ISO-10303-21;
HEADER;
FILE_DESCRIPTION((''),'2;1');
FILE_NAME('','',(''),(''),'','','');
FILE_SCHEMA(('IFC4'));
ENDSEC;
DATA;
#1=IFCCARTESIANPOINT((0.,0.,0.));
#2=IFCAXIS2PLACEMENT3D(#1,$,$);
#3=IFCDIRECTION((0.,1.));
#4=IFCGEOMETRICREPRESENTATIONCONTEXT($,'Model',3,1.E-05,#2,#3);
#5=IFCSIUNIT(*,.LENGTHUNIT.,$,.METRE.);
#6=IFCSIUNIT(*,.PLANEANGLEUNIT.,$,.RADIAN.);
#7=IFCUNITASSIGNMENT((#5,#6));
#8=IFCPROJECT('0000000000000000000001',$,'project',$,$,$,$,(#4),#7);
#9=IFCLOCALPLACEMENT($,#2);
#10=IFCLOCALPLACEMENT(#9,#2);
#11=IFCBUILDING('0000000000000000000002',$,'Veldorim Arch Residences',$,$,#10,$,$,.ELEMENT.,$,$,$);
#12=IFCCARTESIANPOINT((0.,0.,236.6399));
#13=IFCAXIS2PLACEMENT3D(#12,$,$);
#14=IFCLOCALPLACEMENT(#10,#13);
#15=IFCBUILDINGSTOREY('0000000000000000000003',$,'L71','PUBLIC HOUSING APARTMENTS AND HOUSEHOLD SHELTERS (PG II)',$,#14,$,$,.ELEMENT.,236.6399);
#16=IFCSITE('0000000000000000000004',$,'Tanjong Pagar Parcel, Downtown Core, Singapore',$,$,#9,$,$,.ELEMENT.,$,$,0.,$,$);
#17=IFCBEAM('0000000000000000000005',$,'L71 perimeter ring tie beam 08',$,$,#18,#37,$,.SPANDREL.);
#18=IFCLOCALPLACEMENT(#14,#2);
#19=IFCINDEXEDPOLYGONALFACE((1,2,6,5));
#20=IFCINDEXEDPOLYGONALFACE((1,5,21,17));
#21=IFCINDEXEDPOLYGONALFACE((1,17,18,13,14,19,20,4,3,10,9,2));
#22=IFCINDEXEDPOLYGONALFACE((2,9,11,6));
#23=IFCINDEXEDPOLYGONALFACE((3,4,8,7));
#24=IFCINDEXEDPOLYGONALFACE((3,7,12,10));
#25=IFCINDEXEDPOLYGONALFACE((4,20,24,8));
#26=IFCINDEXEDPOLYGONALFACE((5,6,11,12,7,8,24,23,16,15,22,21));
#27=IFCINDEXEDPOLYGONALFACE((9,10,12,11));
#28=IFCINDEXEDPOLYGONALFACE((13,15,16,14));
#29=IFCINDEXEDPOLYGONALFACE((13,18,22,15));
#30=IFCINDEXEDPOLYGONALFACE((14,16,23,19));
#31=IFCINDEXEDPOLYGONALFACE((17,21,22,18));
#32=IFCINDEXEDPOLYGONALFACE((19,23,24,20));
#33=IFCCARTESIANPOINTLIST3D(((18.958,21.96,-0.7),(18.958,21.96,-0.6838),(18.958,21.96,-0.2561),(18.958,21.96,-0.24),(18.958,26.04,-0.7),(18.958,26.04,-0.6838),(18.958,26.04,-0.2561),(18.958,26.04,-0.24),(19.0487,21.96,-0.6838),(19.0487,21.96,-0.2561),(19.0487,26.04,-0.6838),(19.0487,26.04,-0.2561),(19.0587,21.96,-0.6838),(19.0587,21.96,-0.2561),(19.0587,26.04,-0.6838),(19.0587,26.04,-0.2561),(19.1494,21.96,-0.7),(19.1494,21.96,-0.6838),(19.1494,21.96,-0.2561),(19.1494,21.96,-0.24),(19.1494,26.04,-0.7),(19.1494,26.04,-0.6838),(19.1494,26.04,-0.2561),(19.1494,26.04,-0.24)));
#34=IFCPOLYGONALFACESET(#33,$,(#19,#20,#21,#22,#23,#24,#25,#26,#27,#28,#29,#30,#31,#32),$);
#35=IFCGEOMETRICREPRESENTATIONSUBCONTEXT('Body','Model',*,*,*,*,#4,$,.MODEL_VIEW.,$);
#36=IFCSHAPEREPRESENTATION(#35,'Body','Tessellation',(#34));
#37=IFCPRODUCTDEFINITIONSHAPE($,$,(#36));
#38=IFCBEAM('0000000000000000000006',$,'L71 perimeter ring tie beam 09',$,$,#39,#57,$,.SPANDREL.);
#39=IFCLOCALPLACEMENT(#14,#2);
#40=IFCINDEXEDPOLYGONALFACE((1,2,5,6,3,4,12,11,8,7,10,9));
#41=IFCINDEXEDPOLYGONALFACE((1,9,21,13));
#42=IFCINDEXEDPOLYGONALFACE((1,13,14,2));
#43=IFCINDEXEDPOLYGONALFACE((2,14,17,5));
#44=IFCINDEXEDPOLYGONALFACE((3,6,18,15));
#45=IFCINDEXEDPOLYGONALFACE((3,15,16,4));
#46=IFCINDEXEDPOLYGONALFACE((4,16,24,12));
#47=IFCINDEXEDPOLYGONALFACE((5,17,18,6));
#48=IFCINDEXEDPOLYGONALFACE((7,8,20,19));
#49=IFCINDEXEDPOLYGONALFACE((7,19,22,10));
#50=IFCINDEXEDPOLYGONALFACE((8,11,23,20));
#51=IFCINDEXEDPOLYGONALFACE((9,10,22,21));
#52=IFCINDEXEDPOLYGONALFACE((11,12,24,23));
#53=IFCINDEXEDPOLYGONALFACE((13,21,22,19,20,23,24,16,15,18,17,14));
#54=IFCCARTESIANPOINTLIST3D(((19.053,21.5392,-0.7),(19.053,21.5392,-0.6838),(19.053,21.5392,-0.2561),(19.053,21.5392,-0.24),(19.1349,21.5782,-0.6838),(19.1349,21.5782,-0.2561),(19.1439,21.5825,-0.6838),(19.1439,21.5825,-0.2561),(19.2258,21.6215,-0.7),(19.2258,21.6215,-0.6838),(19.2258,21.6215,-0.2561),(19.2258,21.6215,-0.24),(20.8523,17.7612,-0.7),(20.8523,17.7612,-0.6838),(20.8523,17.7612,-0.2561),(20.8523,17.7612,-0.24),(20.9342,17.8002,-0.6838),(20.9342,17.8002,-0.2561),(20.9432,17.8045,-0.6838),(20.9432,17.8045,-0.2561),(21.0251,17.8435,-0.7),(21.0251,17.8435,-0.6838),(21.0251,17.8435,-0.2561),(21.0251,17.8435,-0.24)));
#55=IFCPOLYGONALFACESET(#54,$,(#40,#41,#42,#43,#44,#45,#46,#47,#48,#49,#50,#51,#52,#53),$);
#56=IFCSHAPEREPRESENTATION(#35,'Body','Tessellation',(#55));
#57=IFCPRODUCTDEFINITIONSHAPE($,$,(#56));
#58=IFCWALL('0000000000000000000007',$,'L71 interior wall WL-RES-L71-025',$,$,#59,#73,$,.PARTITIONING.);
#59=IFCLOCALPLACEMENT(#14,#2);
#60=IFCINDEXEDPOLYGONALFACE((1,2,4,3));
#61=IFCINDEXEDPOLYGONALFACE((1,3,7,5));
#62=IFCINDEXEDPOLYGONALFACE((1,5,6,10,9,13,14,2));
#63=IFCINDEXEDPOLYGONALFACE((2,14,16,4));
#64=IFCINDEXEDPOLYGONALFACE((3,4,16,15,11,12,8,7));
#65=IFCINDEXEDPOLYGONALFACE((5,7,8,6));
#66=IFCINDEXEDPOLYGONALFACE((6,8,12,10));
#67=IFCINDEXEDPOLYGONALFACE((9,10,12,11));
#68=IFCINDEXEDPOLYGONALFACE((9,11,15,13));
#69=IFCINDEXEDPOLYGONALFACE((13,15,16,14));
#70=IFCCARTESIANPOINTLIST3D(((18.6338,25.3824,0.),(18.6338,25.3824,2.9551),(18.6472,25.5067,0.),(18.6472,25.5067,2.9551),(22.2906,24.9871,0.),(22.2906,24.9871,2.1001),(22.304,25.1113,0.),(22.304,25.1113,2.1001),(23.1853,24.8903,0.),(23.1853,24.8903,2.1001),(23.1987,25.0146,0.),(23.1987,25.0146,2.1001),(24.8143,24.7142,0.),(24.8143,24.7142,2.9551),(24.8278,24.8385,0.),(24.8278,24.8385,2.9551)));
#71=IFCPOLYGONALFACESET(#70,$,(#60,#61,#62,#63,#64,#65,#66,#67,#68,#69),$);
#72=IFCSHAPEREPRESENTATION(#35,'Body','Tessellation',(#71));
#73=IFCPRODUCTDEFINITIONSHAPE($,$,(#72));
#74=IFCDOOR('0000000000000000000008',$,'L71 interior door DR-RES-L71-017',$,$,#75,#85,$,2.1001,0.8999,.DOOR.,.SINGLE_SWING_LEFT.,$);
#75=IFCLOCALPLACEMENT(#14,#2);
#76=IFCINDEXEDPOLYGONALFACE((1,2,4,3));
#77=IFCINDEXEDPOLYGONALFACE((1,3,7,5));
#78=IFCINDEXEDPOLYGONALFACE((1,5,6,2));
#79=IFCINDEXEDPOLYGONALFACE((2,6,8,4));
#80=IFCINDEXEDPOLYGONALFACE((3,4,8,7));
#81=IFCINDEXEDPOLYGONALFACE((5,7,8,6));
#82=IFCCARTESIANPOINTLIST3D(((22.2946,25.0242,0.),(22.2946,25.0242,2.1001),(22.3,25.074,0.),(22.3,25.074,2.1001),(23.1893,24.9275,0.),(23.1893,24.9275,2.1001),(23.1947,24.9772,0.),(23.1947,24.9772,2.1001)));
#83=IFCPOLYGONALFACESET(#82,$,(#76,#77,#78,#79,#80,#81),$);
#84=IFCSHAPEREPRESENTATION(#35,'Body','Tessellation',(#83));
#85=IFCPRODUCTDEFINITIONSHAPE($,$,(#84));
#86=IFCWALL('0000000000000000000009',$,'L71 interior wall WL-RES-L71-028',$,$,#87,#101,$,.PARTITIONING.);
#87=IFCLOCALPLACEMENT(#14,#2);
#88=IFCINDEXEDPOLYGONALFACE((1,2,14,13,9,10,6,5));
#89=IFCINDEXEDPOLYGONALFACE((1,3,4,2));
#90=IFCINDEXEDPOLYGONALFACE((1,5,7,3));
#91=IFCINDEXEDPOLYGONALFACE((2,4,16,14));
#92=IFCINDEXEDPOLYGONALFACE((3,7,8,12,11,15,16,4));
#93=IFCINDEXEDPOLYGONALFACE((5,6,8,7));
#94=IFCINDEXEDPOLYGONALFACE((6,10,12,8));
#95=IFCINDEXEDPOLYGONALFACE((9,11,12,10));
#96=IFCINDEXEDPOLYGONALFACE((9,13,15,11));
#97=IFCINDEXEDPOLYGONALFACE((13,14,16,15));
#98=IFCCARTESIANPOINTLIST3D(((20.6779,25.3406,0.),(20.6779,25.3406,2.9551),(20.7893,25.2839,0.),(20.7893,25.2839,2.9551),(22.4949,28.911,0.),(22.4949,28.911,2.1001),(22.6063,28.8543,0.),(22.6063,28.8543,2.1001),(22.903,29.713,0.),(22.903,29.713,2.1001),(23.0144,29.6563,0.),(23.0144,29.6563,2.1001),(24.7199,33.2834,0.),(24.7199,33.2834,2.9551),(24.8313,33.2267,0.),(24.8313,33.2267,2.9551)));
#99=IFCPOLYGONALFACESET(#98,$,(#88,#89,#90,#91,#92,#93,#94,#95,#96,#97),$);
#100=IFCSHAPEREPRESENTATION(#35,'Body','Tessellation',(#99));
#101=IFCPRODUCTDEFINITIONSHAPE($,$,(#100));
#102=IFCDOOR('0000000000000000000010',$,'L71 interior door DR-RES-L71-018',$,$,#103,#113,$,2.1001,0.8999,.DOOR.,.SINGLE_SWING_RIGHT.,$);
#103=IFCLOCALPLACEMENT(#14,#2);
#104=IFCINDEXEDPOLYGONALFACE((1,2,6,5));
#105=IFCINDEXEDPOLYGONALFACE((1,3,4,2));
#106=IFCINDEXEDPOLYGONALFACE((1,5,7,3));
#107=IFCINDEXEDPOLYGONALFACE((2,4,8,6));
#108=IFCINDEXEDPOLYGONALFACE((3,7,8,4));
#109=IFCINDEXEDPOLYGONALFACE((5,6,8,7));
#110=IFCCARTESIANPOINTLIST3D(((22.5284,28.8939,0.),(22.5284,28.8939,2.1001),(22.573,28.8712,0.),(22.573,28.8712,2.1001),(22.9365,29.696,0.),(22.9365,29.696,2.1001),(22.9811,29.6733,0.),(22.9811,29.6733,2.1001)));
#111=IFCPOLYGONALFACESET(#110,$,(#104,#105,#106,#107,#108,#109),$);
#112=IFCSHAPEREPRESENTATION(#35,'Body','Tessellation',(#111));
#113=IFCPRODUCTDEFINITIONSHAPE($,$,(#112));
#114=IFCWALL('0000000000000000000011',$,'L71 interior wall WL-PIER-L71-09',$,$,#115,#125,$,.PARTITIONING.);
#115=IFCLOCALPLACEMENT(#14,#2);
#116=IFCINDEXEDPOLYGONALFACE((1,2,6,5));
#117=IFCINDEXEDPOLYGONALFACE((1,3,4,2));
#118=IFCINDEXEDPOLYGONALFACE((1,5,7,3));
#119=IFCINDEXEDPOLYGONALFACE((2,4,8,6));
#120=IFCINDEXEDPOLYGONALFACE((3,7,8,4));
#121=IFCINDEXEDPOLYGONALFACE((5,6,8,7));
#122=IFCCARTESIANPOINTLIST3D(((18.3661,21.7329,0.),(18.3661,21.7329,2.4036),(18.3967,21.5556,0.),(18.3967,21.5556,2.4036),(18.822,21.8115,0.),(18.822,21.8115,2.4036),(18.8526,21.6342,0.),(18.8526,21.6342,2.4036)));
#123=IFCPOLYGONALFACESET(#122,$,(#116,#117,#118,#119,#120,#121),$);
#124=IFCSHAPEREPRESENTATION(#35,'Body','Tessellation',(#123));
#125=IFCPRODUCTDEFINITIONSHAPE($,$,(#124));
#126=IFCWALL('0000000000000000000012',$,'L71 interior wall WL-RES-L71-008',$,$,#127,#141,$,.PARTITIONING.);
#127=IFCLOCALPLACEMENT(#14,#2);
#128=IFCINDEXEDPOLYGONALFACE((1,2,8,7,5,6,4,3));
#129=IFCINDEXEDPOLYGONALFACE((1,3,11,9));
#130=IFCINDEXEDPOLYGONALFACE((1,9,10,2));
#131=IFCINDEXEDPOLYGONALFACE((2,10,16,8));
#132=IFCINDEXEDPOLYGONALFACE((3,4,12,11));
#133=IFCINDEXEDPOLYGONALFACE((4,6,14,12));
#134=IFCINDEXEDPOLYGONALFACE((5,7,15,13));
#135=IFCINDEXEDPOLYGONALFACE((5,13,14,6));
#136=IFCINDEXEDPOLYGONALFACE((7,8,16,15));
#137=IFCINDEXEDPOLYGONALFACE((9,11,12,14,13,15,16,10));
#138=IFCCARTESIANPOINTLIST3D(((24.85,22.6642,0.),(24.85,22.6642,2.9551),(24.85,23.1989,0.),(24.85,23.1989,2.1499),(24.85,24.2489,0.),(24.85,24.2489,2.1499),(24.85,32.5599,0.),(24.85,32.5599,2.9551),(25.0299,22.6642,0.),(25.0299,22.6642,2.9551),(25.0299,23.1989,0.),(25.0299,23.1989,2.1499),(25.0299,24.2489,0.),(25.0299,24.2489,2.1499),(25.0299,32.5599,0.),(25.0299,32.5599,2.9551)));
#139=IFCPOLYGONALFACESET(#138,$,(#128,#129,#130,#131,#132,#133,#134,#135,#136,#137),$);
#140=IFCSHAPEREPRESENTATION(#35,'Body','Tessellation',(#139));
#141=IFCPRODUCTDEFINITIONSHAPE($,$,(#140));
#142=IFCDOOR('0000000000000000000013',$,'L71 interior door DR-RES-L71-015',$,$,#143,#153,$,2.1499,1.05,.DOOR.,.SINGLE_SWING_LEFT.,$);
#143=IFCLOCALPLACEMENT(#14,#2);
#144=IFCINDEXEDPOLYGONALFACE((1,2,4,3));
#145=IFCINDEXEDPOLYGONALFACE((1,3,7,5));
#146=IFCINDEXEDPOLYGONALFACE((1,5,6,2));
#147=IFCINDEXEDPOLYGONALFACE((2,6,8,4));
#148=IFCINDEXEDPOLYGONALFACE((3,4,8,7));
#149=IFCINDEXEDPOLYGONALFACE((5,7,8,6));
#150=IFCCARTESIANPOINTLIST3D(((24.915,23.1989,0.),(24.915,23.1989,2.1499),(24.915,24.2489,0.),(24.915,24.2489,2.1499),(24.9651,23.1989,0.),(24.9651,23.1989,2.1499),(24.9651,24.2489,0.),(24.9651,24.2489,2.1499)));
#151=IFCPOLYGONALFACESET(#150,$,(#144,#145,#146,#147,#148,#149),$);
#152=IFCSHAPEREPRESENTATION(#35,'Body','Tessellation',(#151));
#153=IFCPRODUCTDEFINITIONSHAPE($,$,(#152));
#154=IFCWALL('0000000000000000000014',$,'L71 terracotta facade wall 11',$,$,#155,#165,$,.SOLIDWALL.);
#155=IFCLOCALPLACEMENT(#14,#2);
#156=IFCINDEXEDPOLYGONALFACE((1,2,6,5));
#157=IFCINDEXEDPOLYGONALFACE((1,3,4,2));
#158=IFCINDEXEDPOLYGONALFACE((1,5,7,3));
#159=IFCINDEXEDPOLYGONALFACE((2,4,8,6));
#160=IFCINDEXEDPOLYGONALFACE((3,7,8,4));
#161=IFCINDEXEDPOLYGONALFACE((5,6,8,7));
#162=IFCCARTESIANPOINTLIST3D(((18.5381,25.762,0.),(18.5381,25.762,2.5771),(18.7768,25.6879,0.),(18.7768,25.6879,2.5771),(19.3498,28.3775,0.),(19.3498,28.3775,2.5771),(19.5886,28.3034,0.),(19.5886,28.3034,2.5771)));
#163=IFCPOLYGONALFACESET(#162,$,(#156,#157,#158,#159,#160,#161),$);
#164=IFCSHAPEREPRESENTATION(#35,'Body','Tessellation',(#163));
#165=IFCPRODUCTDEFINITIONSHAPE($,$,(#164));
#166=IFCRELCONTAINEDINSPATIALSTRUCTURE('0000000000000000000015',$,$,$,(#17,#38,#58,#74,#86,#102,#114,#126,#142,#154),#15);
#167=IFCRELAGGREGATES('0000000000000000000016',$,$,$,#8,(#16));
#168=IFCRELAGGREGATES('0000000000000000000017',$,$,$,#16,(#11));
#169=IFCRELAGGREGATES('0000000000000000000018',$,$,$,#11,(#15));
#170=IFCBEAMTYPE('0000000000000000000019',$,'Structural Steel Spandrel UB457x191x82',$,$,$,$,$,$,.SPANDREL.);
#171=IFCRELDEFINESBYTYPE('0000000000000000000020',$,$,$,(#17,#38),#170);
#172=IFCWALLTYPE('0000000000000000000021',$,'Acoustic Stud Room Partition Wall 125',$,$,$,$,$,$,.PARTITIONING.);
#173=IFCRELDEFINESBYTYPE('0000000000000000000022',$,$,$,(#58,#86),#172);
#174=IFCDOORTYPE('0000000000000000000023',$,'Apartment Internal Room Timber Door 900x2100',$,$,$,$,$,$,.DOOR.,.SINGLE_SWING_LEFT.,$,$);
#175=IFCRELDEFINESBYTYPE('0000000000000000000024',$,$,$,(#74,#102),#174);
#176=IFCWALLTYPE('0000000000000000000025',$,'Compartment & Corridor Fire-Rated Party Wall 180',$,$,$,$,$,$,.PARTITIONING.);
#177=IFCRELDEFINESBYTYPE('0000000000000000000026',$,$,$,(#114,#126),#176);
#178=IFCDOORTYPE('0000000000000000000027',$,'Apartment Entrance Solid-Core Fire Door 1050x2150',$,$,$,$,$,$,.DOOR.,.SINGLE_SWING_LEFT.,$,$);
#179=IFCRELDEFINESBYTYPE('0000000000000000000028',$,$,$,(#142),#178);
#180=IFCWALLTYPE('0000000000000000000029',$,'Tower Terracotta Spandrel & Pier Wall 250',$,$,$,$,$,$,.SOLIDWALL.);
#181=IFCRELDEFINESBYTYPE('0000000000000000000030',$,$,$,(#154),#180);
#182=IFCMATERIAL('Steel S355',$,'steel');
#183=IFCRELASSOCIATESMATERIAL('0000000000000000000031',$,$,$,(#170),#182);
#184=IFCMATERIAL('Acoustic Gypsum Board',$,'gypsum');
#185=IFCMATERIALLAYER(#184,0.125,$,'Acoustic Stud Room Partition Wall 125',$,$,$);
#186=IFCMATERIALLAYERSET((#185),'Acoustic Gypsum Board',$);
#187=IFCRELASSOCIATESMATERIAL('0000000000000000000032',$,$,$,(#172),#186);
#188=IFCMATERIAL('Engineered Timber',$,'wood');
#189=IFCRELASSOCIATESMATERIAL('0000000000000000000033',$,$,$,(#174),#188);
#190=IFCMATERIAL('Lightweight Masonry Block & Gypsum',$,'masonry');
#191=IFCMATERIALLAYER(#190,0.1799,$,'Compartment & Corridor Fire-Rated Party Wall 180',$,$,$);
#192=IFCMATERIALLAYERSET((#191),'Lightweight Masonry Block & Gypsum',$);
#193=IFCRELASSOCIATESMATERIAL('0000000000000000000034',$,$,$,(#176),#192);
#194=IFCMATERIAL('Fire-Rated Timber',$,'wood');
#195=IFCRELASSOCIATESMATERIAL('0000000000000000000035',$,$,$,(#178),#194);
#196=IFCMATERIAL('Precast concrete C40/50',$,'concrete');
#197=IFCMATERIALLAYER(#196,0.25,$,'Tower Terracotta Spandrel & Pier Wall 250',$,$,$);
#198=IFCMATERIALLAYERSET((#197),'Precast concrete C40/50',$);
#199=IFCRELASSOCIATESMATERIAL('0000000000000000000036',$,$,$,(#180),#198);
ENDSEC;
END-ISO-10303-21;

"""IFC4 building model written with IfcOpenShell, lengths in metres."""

from ifc_helpers import new_model, si_unit, direction, frame, frame_2d, origin, origin_2d, place, context, subcontext, project, spatial, rectangle, i_section, extrude, material, layer, layer_set, material_profile, profile_set, type_object, element, fill, save


model = new_model("IFC4")

# Units and contexts
model_context = context("Model", 3, precision=1e-05, world=origin(), true_north=direction((0.0, 1.0)))
body_context = subcontext(model_context, "Body", "Model", "MODEL_VIEW")
ifc_project = project(units=[si_unit("LENGTHUNIT", "METRE"), si_unit("PLANEANGLEUNIT", "RADIAN")], contexts=[model_context])

# Site, building, storey
site_placement = place(None, origin())
site = spatial("IfcSite", under=ifc_project, at=site_placement, Name="Tanjong Pagar Parcel, Downtown Core, Singapore", CompositionType="ELEMENT", RefElevation=0.0)
building_placement = place(site_placement, origin())
building = spatial("IfcBuilding", under=site, at=building_placement, Name="Veldorim Arch Residences", CompositionType="ELEMENT")
storey_placement = place(building_placement, frame((0.0, 0.0, 236.6399)))
storey = spatial("IfcBuildingStorey", under=building, at=storey_placement, Name="L71", Description="PUBLIC HOUSING APARTMENTS AND HOUSEHOLD SHELTERS (PG II)", CompositionType="ELEMENT", Elevation=236.6399)

# Beams
ifc_material_1 = material(Name="Steel S355", Category="steel")
ifc_material_profile_1 = material_profile(ifc_material_1, i_section(OverallWidth=0.1914, OverallDepth=0.46, WebThickness=0.01, FlangeThickness=0.0161, at=origin_2d()), Name="UB457x191x82")
ifc_profile_set_1 = profile_set([ifc_material_profile_1], Name="Steel S355")
beam_type_1 = type_object("IfcBeamType", Name="Structural Steel Spandrel UB457x191x82", PredefinedType="SPANDREL", material=ifc_profile_set_1)
beam_1_placement = place(storey_placement, frame((19.0537, 26.04, -0.47), z_axis=(0.0, -1.0, 0.0), x_axis=(1.0, 0.0, 0.0)))
element("IfcBeam", 1, at=beam_1_placement, inside=storey, type_object=beam_type_1, Name="L71 perimeter ring tie beam 08", PredefinedType="SPANDREL", context=body_context, shape_type="SweptSolid", body=[
    extrude(i_section(OverallWidth=0.1914, OverallDepth=0.46, WebThickness=0.01, FlangeThickness=0.0161, at=origin_2d()), origin(), (0.0, 0.0, 1.0), 4.0801),
])
beam_2_placement = place(storey_placement, frame((19.1394, 21.5803, -0.47), z_axis=(0.429979, -0.902839, 0.0), x_axis=(0.902839, 0.429979, 0.0)))
element("IfcBeam", 2, at=beam_2_placement, inside=storey, type_object=beam_type_1, Name="L71 perimeter ring tie beam 09", PredefinedType="SPANDREL", context=body_context, shape_type="SweptSolid", body=[
    extrude(i_section(OverallWidth=0.1914, OverallDepth=0.46, WebThickness=0.01, FlangeThickness=0.0161, at=origin_2d()), origin(), (0.0, 0.0, 1.0), 4.1846),
])

# Walls, openings, doors
ifc_material_2 = material(Name="Acoustic Gypsum Board", Category="gypsum")
ifc_layer_1 = layer(ifc_material_2, 0.125, Name="Acoustic Stud Room Partition Wall 125")
ifc_layer_set_1 = layer_set([ifc_layer_1], Name="Acoustic Gypsum Board")
wall_type_1 = type_object("IfcWallType", Name="Acoustic Stud Room Partition Wall 125", PredefinedType="PARTITIONING", material=ifc_layer_set_1)
wall_1_placement = place(storey_placement, frame((18.6404, 25.4446, 0.0), z_axis=(0.0, 0.0, 1.0), x_axis=(0.994206, -0.107491, 0.0)))
wall_1 = element("IfcWall", 3, at=wall_1_placement, inside=storey, type_object=wall_type_1, Name="L71 interior wall WL-RES-L71-025", PredefinedType="PARTITIONING", context=body_context, shape_type="SweptSolid", body=[
    extrude(rectangle(XDim=6.2166, YDim=0.125, at=frame_2d((3.1084, 0.0))), origin(), (0.0, 0.0, 1.0), 2.9551),
])
opening_1_placement = place(wall_1_placement, frame((3.6782, 0.0, 0.0)))
opening_1 = element("IfcOpeningElement", 4, at=opening_1_placement, cuts=wall_1, PredefinedType="OPENING", context=body_context, shape_type="SweptSolid", body=[
    extrude(rectangle(XDim=0.8999, YDim=2.1001, at=frame_2d((0.45, 1.05))), frame((0.0, 0.0725, 0.0), z_axis=(0.0, -1.0, 0.0), x_axis=(1.0, 0.0, 0.0)), (0.0, 0.0, 1.0), 0.145),
])
ifc_material_3 = material(Name="Engineered Timber", Category="wood")
door_type_1 = type_object("IfcDoorType", Name="Apartment Internal Room Timber Door 900x2100", OperationType="SINGLE_SWING_LEFT", PredefinedType="DOOR", material=ifc_material_3)
door_1_placement = place(opening_1_placement, origin())
door_1 = element("IfcDoor", 5, at=door_1_placement, inside=storey, type_object=door_type_1, Name="L71 interior door DR-RES-L71-017", OperationType="SINGLE_SWING_LEFT", OverallHeight=2.1001, OverallWidth=0.8999, PredefinedType="DOOR", context=body_context, shape_type="SweptSolid", body=[
    extrude(rectangle(XDim=0.8999, YDim=2.1001, at=frame_2d((0.45, 1.05))), frame((0.0, 0.0249, 0.0), z_axis=(0.0, -1.0, 0.0), x_axis=(1.0, 0.0, 0.0)), (0.0, 0.0, 1.0), 0.05),
])
fill(opening_1, door_1)
wall_2_placement = place(storey_placement, frame((20.7336, 25.3123, 0.0), z_axis=(0.0, 0.0, 1.0), x_axis=(0.453536, 0.891238, 0.0)))
wall_2 = element("IfcWall", 6, at=wall_2_placement, inside=storey, type_object=wall_type_1, Name="L71 interior wall WL-RES-L71-028", PredefinedType="PARTITIONING", context=body_context, shape_type="SweptSolid", body=[
    extrude(rectangle(XDim=8.9121, YDim=0.125, at=frame_2d((4.4561, 0.0))), origin(), (0.0, 0.0, 1.0), 2.9551),
])
opening_2_placement = place(wall_2_placement, frame((4.0061, 0.0, 0.0)))
opening_2 = element("IfcOpeningElement", 7, at=opening_2_placement, cuts=wall_2, PredefinedType="OPENING", context=body_context, shape_type="SweptSolid", body=[
    extrude(rectangle(XDim=0.8999, YDim=2.1001, at=frame_2d((0.45, 1.05))), frame((0.0, 0.0725, 0.0), z_axis=(0.0, -1.0, 0.0), x_axis=(1.0, 0.0, 0.0)), (0.0, 0.0, 1.0), 0.145),
])
door_2_placement = place(opening_2_placement, origin())
door_2 = element("IfcDoor", 8, at=door_2_placement, inside=storey, type_object=door_type_1, Name="L71 interior door DR-RES-L71-018", OperationType="SINGLE_SWING_RIGHT", OverallHeight=2.1001, OverallWidth=0.8999, PredefinedType="DOOR", context=body_context, shape_type="SweptSolid", body=[
    extrude(rectangle(XDim=0.8999, YDim=2.1001, at=frame_2d((0.45, 1.05))), frame((0.0, 0.0249, 0.0), z_axis=(0.0, -1.0, 0.0), x_axis=(1.0, 0.0, 0.0)), (0.0, 0.0, 1.0), 0.05),
])
fill(opening_2, door_2)

# Wall
ifc_material_4 = material(Name="Lightweight Masonry Block & Gypsum", Category="masonry")
ifc_layer_2 = layer(ifc_material_4, 0.1799, Name="Compartment & Corridor Fire-Rated Party Wall 180")
ifc_layer_set_2 = layer_set([ifc_layer_2], Name="Lightweight Masonry Block & Gypsum")
wall_type_2 = type_object("IfcWallType", Name="Compartment & Corridor Fire-Rated Party Wall 180", PredefinedType="PARTITIONING", material=ifc_layer_set_2)
wall_3_placement = place(storey_placement, frame((18.8374, 21.7229, 0.0), z_axis=(0.0, 0.0, 1.0), x_axis=(-0.985451, -0.16996, 0.0)))
element("IfcWall", 9, at=wall_3_placement, inside=storey, type_object=wall_type_2, Name="L71 interior wall WL-PIER-L71-09", PredefinedType="PARTITIONING", context=body_context, shape_type="SweptSolid", body=[
    extrude(rectangle(XDim=0.4626, YDim=0.1799, at=frame_2d((0.2314, 0.0))), origin(), (0.0, 0.0, 1.0), 2.4036),
])

# Wall, opening, door
wall_4_placement = place(storey_placement, frame((24.9399, 22.6643, 0.0), z_axis=(0.0, 0.0, 1.0), x_axis=(0.0, 1.0, 0.0)))
wall_4 = element("IfcWall", 10, at=wall_4_placement, inside=storey, type_object=wall_type_2, Name="L71 interior wall WL-RES-L71-008", PredefinedType="PARTITIONING", context=body_context, shape_type="SweptSolid", body=[
    extrude(rectangle(XDim=9.8958, YDim=0.1799, at=frame_2d((4.9478, 0.0))), origin(), (0.0, 0.0, 1.0), 2.9551),
])
opening_3_placement = place(wall_4_placement, frame((0.5347, 0.0, 0.0)))
opening_3 = element("IfcOpeningElement", 11, at=opening_3_placement, cuts=wall_4, PredefinedType="OPENING", context=body_context, shape_type="SweptSolid", body=[
    extrude(rectangle(XDim=1.05, YDim=2.1499, at=frame_2d((0.5249, 1.075))), frame((0.0, 0.0999, 0.0), z_axis=(0.0, -1.0, 0.0), x_axis=(1.0, 0.0, 0.0)), (0.0, 0.0, 1.0), 0.2),
])
ifc_material_5 = material(Name="Fire-Rated Timber", Category="wood")
door_type_2 = type_object("IfcDoorType", Name="Apartment Entrance Solid-Core Fire Door 1050x2150", OperationType="SINGLE_SWING_LEFT", PredefinedType="DOOR", material=ifc_material_5)
door_3_placement = place(opening_3_placement, origin())
door_3 = element("IfcDoor", 12, at=door_3_placement, inside=storey, type_object=door_type_2, Name="L71 interior door DR-RES-L71-015", OperationType="SINGLE_SWING_LEFT", OverallHeight=2.1499, OverallWidth=1.05, PredefinedType="DOOR", context=body_context, shape_type="SweptSolid", body=[
    extrude(rectangle(XDim=1.05, YDim=2.1499, at=frame_2d((0.5249, 1.075))), frame((0.0, 0.0249, 0.0), z_axis=(0.0, -1.0, 0.0), x_axis=(1.0, 0.0, 0.0)), (0.0, 0.0, 1.0), 0.05),
])
fill(opening_3, door_3)

# Wall
ifc_material_6 = material(Name="Precast concrete C40/50", Category="concrete")
ifc_layer_3 = layer(ifc_material_6, 0.25, Name="Tower Terracotta Spandrel & Pier Wall 250")
ifc_layer_set_3 = layer_set([ifc_layer_3], Name="Precast concrete C40/50")
wall_type_3 = type_object("IfcWallType", Name="Tower Terracotta Spandrel & Pier Wall 250", PredefinedType="SOLIDWALL", material=ifc_layer_set_3)
wall_5_placement = place(storey_placement, frame((18.6575, 25.7251, 0.0), z_axis=(0.0, 0.0, 1.0), x_axis=(0.296422, 0.955057, 0.0)))
element("IfcWall", 13, at=wall_5_placement, inside=storey, type_object=wall_type_3, Name="L71 terracotta facade wall 11", PredefinedType="SOLIDWALL", context=body_context, shape_type="SweptSolid", body=[
    extrude(rectangle(XDim=2.7385, YDim=0.25, at=frame_2d((1.3691, 0.0))), origin(), (0.0, 0.0, 1.0), 2.5771),
])

save(model, "model.ifc")
